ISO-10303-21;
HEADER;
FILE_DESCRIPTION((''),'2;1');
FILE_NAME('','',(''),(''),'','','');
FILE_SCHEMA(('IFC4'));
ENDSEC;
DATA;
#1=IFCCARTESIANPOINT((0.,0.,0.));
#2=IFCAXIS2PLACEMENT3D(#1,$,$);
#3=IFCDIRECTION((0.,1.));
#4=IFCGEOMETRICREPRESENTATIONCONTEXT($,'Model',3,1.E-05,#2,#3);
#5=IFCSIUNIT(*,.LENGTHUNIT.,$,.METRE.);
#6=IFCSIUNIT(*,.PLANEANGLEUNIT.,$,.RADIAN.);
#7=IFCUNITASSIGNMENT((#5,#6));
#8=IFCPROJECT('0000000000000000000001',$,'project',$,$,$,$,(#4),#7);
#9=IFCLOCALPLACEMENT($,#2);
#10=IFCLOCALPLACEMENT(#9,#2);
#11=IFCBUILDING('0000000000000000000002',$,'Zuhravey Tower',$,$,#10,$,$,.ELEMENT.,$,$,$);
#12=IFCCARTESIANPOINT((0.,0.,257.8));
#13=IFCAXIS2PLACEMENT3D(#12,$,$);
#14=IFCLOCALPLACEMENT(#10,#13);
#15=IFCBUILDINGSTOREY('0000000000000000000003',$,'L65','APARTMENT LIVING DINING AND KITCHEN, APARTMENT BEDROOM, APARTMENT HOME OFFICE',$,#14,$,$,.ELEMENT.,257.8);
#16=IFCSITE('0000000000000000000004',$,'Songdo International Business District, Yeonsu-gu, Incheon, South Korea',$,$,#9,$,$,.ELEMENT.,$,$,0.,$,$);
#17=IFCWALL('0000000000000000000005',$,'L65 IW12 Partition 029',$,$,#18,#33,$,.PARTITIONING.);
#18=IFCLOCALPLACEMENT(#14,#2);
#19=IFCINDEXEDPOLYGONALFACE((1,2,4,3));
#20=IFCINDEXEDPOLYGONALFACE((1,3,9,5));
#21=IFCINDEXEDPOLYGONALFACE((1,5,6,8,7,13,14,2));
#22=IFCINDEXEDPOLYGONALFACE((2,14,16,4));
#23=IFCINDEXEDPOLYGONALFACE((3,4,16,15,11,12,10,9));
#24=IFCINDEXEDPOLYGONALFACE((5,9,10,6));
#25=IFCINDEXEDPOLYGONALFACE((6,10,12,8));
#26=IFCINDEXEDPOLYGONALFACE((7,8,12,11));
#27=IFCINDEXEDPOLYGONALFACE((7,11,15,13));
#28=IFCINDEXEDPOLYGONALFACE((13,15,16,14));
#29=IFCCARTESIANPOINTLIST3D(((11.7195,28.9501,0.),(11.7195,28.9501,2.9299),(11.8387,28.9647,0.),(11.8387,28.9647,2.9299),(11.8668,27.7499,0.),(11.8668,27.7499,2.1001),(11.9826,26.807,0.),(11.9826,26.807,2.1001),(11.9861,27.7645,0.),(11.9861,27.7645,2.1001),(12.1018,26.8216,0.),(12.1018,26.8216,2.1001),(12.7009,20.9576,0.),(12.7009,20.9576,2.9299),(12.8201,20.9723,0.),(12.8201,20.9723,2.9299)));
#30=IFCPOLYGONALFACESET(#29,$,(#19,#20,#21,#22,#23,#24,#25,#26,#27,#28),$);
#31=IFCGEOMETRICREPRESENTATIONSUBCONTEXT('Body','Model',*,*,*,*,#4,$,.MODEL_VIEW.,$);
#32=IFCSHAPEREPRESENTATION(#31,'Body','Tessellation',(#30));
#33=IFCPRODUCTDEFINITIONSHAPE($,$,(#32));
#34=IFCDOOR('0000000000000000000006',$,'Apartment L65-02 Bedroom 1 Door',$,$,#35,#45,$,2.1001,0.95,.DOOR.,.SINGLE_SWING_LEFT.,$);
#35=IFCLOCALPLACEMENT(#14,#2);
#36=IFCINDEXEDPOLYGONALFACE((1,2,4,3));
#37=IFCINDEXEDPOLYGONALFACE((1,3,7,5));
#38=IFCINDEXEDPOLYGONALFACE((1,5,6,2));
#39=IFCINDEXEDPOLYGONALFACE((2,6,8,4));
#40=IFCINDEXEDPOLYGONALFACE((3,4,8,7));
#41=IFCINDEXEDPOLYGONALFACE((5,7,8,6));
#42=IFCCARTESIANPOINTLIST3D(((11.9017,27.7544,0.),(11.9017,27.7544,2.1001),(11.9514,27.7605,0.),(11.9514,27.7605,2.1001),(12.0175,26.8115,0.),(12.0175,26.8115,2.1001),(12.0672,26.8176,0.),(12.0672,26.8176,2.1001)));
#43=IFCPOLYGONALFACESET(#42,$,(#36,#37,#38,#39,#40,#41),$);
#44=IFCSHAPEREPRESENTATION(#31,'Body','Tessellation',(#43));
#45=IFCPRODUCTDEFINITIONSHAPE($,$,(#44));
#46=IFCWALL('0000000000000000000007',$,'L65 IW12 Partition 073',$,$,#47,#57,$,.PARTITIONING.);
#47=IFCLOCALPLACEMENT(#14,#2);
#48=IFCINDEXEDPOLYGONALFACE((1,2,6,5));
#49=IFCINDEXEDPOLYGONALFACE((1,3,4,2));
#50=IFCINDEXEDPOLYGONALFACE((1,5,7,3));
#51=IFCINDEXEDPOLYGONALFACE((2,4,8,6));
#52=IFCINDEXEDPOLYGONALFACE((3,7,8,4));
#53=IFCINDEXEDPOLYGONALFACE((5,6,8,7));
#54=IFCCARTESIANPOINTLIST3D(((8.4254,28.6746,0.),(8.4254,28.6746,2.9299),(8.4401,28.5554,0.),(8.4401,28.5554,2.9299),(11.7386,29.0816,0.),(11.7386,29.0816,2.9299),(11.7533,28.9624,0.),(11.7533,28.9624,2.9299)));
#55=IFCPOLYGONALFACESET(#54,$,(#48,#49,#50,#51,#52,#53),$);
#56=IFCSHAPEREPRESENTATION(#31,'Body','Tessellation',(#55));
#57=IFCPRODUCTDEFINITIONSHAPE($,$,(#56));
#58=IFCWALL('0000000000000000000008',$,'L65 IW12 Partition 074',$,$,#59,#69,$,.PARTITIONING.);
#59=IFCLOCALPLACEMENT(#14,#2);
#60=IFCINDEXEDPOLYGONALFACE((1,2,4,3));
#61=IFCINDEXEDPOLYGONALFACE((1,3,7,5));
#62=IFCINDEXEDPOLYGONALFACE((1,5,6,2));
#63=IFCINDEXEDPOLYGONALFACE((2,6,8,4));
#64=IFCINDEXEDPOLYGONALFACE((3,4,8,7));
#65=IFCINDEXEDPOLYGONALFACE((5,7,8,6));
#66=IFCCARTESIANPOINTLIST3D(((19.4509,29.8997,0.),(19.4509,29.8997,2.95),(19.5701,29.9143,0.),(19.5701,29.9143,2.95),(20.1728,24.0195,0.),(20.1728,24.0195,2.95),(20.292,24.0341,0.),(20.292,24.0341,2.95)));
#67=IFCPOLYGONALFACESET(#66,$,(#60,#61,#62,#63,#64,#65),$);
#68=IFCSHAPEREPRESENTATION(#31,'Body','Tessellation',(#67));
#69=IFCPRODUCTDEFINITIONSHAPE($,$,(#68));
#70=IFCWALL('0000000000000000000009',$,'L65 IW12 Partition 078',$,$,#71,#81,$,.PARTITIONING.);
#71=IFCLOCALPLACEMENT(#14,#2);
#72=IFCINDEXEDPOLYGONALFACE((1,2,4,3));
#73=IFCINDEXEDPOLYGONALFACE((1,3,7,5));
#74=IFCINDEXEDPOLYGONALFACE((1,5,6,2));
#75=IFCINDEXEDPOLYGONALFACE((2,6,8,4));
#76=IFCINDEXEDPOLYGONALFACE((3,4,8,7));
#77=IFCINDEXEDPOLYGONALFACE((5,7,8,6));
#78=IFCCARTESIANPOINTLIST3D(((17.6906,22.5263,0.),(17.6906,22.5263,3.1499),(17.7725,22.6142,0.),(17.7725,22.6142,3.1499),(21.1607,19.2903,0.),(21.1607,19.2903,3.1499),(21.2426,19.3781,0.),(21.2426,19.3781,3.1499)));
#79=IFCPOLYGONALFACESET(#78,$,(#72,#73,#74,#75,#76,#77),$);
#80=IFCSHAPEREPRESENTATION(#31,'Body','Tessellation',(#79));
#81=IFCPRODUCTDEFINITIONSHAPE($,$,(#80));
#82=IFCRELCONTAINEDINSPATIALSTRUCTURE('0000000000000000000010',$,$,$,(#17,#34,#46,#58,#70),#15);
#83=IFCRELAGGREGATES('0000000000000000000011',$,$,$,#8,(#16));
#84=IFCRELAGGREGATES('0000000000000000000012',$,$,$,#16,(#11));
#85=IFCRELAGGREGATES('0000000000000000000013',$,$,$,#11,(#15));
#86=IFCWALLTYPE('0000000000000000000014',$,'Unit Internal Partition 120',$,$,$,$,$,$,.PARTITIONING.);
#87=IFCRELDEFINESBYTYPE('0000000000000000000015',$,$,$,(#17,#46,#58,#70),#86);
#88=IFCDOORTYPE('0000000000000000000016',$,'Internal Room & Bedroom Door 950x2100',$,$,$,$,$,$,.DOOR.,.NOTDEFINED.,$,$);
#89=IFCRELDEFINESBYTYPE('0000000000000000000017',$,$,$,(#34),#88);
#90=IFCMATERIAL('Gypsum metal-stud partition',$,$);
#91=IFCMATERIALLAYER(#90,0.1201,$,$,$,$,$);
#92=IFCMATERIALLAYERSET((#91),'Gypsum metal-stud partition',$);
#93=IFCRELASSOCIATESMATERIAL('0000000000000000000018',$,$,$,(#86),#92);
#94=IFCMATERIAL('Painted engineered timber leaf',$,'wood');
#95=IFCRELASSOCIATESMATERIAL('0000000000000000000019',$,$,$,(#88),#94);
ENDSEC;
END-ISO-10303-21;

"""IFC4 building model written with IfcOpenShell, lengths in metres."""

from ifc_helpers import new_model, si_unit, direction, frame, frame_2d, origin, place, context, subcontext, project, spatial, rectangle, extrude, material, layer, layer_set, type_object, element, fill, save


model = new_model("IFC4")

# Units and contexts
model_context = context("Model", 3, precision=1e-05, world=origin(), true_north=direction((0.0, 1.0)))
body_context = subcontext(model_context, "Body", "Model", "MODEL_VIEW")
ifc_project = project(units=[si_unit("LENGTHUNIT", "METRE"), si_unit("PLANEANGLEUNIT", "RADIAN")], contexts=[model_context])

# Site, building, storey
site_placement = place(None, origin())
site = spatial("IfcSite", under=ifc_project, at=site_placement, Name="Songdo International Business District, Yeonsu-gu, Incheon, South Korea", CompositionType="ELEMENT", RefElevation=0.0)
building_placement = place(site_placement, origin())
building = spatial("IfcBuilding", under=site, at=building_placement, Name="Zuhravey Tower", CompositionType="ELEMENT")
storey_placement = place(building_placement, frame((0.0, 0.0, 257.8)))
storey = spatial("IfcBuildingStorey", under=building, at=storey_placement, Name="L65", Description="APARTMENT LIVING DINING AND KITCHEN, APARTMENT BEDROOM, APARTMENT HOME OFFICE", CompositionType="ELEMENT", Elevation=257.8)

# Shared definitions
ifc_material_1 = material(Name="Gypsum metal-stud partition")
ifc_layer_1 = layer(ifc_material_1, 0.1201)
ifc_layer_set_1 = layer_set([ifc_layer_1], Name="Gypsum metal-stud partition")
wall_type_1 = type_object("IfcWallType", Name="Unit Internal Partition 120", PredefinedType="PARTITIONING", material=ifc_layer_set_1)
ifc_material_2 = material(Name="Painted engineered timber leaf", Category="wood")
door_type_1 = type_object("IfcDoorType", Name="Internal Room & Bedroom Door 950x2100", OperationType="NOTDEFINED", PredefinedType="DOOR", material=ifc_material_2)

# Wall, opening, door
wall_1_placement = place(storey_placement, frame((11.7791, 28.9575, 0.0), z_axis=(0.0, 0.0, 1.0), x_axis=(0.121881, -0.992545, 0.0)))
wall_1 = element("IfcWall", 1, at=wall_1_placement, inside=storey, type_object=wall_type_1, Name="L65 IW12 Partition 029", PredefinedType="PARTITIONING", context=body_context, shape_type="SweptSolid", body=[
    extrude(rectangle(XDim=8.0525, YDim=0.1201, at=frame_2d((4.0264, 0.0))), origin(), (0.0, 0.0, 1.0), 2.9299),
])
opening_1_placement = place(wall_1_placement, frame((1.2092, 0.0, 0.0)))
opening_1 = element("IfcOpeningElement", 2, at=opening_1_placement, cuts=wall_1, PredefinedType="OPENING", context=body_context, shape_type="SweptSolid", body=[
    extrude(rectangle(XDim=0.95, YDim=2.1001, at=frame_2d((0.4751, 1.05))), frame((0.0, 0.072, 0.0), z_axis=(0.0, -1.0, 0.0), x_axis=(1.0, 0.0, 0.0)), (0.0, 0.0, 1.0), 0.144),
])
door_1_placement = place(opening_1_placement, frame((0.95, 0.0, 0.0), z_axis=(0.0, 0.0, 1.0), x_axis=(-1.0, 0.0, 0.0)))
door_1 = element("IfcDoor", 3, at=door_1_placement, inside=storey, type_object=door_type_1, Name="Apartment L65-02 Bedroom 1 Door", OperationType="SINGLE_SWING_LEFT", OverallHeight=2.1001, OverallWidth=0.95, PredefinedType="DOOR", context=body_context, shape_type="SweptSolid", body=[
    extrude(rectangle(XDim=0.95, YDim=2.1001, at=frame_2d((0.4751, 1.05))), frame((0.0, 0.0249, 0.0), z_axis=(0.0, -1.0, 0.0), x_axis=(1.0, 0.0, 0.0)), (0.0, 0.0, 1.0), 0.05),
])
fill(opening_1, door_1)

# Walls
wall_2_placement = place(storey_placement, frame((11.7458, 29.022, 0.0), z_axis=(0.0, 0.0, 1.0), x_axis=(-0.99254, -0.121919, 0.0)))
element("IfcWall", 4, at=wall_2_placement, inside=storey, type_object=wall_type_1, Name="L65 IW12 Partition 073", PredefinedType="PARTITIONING", context=body_context, shape_type="SweptSolid", body=[
    extrude(rectangle(XDim=3.3381, YDim=0.1201, at=frame_2d((1.6689, 0.0))), origin(), (0.0, 0.0, 1.0), 2.9299),
])
wall_3_placement = place(storey_placement, frame((19.5105, 29.907, 0.0), z_axis=(0.0, 0.0, 1.0), x_axis=(0.121859, -0.992547, 0.0)))
element("IfcWall", 5, at=wall_3_placement, inside=storey, type_object=wall_type_1, Name="L65 IW12 Partition 074", PredefinedType="PARTITIONING", context=body_context, shape_type="SweptSolid", body=[
    extrude(rectangle(XDim=5.9243, YDim=0.1201, at=frame_2d((2.9622, 0.0))), origin(), (0.0, 0.0, 1.0), 2.95),
])
wall_4_placement = place(storey_placement, frame((17.7314, 22.5703, 0.0), z_axis=(0.0, 0.0, 1.0), x_axis=(0.731348, -0.682005, 0.0)))
element("IfcWall", 6, at=wall_4_placement, inside=storey, type_object=wall_type_1, Name="L65 IW12 Partition 078", PredefinedType="PARTITIONING", context=body_context, shape_type="SweptSolid", body=[
    extrude(rectangle(XDim=4.7449, YDim=0.1201, at=frame_2d((2.3726, 0.0))), origin(), (0.0, 0.0, 1.0), 3.1499),
])

save(model, "model.ifc")
